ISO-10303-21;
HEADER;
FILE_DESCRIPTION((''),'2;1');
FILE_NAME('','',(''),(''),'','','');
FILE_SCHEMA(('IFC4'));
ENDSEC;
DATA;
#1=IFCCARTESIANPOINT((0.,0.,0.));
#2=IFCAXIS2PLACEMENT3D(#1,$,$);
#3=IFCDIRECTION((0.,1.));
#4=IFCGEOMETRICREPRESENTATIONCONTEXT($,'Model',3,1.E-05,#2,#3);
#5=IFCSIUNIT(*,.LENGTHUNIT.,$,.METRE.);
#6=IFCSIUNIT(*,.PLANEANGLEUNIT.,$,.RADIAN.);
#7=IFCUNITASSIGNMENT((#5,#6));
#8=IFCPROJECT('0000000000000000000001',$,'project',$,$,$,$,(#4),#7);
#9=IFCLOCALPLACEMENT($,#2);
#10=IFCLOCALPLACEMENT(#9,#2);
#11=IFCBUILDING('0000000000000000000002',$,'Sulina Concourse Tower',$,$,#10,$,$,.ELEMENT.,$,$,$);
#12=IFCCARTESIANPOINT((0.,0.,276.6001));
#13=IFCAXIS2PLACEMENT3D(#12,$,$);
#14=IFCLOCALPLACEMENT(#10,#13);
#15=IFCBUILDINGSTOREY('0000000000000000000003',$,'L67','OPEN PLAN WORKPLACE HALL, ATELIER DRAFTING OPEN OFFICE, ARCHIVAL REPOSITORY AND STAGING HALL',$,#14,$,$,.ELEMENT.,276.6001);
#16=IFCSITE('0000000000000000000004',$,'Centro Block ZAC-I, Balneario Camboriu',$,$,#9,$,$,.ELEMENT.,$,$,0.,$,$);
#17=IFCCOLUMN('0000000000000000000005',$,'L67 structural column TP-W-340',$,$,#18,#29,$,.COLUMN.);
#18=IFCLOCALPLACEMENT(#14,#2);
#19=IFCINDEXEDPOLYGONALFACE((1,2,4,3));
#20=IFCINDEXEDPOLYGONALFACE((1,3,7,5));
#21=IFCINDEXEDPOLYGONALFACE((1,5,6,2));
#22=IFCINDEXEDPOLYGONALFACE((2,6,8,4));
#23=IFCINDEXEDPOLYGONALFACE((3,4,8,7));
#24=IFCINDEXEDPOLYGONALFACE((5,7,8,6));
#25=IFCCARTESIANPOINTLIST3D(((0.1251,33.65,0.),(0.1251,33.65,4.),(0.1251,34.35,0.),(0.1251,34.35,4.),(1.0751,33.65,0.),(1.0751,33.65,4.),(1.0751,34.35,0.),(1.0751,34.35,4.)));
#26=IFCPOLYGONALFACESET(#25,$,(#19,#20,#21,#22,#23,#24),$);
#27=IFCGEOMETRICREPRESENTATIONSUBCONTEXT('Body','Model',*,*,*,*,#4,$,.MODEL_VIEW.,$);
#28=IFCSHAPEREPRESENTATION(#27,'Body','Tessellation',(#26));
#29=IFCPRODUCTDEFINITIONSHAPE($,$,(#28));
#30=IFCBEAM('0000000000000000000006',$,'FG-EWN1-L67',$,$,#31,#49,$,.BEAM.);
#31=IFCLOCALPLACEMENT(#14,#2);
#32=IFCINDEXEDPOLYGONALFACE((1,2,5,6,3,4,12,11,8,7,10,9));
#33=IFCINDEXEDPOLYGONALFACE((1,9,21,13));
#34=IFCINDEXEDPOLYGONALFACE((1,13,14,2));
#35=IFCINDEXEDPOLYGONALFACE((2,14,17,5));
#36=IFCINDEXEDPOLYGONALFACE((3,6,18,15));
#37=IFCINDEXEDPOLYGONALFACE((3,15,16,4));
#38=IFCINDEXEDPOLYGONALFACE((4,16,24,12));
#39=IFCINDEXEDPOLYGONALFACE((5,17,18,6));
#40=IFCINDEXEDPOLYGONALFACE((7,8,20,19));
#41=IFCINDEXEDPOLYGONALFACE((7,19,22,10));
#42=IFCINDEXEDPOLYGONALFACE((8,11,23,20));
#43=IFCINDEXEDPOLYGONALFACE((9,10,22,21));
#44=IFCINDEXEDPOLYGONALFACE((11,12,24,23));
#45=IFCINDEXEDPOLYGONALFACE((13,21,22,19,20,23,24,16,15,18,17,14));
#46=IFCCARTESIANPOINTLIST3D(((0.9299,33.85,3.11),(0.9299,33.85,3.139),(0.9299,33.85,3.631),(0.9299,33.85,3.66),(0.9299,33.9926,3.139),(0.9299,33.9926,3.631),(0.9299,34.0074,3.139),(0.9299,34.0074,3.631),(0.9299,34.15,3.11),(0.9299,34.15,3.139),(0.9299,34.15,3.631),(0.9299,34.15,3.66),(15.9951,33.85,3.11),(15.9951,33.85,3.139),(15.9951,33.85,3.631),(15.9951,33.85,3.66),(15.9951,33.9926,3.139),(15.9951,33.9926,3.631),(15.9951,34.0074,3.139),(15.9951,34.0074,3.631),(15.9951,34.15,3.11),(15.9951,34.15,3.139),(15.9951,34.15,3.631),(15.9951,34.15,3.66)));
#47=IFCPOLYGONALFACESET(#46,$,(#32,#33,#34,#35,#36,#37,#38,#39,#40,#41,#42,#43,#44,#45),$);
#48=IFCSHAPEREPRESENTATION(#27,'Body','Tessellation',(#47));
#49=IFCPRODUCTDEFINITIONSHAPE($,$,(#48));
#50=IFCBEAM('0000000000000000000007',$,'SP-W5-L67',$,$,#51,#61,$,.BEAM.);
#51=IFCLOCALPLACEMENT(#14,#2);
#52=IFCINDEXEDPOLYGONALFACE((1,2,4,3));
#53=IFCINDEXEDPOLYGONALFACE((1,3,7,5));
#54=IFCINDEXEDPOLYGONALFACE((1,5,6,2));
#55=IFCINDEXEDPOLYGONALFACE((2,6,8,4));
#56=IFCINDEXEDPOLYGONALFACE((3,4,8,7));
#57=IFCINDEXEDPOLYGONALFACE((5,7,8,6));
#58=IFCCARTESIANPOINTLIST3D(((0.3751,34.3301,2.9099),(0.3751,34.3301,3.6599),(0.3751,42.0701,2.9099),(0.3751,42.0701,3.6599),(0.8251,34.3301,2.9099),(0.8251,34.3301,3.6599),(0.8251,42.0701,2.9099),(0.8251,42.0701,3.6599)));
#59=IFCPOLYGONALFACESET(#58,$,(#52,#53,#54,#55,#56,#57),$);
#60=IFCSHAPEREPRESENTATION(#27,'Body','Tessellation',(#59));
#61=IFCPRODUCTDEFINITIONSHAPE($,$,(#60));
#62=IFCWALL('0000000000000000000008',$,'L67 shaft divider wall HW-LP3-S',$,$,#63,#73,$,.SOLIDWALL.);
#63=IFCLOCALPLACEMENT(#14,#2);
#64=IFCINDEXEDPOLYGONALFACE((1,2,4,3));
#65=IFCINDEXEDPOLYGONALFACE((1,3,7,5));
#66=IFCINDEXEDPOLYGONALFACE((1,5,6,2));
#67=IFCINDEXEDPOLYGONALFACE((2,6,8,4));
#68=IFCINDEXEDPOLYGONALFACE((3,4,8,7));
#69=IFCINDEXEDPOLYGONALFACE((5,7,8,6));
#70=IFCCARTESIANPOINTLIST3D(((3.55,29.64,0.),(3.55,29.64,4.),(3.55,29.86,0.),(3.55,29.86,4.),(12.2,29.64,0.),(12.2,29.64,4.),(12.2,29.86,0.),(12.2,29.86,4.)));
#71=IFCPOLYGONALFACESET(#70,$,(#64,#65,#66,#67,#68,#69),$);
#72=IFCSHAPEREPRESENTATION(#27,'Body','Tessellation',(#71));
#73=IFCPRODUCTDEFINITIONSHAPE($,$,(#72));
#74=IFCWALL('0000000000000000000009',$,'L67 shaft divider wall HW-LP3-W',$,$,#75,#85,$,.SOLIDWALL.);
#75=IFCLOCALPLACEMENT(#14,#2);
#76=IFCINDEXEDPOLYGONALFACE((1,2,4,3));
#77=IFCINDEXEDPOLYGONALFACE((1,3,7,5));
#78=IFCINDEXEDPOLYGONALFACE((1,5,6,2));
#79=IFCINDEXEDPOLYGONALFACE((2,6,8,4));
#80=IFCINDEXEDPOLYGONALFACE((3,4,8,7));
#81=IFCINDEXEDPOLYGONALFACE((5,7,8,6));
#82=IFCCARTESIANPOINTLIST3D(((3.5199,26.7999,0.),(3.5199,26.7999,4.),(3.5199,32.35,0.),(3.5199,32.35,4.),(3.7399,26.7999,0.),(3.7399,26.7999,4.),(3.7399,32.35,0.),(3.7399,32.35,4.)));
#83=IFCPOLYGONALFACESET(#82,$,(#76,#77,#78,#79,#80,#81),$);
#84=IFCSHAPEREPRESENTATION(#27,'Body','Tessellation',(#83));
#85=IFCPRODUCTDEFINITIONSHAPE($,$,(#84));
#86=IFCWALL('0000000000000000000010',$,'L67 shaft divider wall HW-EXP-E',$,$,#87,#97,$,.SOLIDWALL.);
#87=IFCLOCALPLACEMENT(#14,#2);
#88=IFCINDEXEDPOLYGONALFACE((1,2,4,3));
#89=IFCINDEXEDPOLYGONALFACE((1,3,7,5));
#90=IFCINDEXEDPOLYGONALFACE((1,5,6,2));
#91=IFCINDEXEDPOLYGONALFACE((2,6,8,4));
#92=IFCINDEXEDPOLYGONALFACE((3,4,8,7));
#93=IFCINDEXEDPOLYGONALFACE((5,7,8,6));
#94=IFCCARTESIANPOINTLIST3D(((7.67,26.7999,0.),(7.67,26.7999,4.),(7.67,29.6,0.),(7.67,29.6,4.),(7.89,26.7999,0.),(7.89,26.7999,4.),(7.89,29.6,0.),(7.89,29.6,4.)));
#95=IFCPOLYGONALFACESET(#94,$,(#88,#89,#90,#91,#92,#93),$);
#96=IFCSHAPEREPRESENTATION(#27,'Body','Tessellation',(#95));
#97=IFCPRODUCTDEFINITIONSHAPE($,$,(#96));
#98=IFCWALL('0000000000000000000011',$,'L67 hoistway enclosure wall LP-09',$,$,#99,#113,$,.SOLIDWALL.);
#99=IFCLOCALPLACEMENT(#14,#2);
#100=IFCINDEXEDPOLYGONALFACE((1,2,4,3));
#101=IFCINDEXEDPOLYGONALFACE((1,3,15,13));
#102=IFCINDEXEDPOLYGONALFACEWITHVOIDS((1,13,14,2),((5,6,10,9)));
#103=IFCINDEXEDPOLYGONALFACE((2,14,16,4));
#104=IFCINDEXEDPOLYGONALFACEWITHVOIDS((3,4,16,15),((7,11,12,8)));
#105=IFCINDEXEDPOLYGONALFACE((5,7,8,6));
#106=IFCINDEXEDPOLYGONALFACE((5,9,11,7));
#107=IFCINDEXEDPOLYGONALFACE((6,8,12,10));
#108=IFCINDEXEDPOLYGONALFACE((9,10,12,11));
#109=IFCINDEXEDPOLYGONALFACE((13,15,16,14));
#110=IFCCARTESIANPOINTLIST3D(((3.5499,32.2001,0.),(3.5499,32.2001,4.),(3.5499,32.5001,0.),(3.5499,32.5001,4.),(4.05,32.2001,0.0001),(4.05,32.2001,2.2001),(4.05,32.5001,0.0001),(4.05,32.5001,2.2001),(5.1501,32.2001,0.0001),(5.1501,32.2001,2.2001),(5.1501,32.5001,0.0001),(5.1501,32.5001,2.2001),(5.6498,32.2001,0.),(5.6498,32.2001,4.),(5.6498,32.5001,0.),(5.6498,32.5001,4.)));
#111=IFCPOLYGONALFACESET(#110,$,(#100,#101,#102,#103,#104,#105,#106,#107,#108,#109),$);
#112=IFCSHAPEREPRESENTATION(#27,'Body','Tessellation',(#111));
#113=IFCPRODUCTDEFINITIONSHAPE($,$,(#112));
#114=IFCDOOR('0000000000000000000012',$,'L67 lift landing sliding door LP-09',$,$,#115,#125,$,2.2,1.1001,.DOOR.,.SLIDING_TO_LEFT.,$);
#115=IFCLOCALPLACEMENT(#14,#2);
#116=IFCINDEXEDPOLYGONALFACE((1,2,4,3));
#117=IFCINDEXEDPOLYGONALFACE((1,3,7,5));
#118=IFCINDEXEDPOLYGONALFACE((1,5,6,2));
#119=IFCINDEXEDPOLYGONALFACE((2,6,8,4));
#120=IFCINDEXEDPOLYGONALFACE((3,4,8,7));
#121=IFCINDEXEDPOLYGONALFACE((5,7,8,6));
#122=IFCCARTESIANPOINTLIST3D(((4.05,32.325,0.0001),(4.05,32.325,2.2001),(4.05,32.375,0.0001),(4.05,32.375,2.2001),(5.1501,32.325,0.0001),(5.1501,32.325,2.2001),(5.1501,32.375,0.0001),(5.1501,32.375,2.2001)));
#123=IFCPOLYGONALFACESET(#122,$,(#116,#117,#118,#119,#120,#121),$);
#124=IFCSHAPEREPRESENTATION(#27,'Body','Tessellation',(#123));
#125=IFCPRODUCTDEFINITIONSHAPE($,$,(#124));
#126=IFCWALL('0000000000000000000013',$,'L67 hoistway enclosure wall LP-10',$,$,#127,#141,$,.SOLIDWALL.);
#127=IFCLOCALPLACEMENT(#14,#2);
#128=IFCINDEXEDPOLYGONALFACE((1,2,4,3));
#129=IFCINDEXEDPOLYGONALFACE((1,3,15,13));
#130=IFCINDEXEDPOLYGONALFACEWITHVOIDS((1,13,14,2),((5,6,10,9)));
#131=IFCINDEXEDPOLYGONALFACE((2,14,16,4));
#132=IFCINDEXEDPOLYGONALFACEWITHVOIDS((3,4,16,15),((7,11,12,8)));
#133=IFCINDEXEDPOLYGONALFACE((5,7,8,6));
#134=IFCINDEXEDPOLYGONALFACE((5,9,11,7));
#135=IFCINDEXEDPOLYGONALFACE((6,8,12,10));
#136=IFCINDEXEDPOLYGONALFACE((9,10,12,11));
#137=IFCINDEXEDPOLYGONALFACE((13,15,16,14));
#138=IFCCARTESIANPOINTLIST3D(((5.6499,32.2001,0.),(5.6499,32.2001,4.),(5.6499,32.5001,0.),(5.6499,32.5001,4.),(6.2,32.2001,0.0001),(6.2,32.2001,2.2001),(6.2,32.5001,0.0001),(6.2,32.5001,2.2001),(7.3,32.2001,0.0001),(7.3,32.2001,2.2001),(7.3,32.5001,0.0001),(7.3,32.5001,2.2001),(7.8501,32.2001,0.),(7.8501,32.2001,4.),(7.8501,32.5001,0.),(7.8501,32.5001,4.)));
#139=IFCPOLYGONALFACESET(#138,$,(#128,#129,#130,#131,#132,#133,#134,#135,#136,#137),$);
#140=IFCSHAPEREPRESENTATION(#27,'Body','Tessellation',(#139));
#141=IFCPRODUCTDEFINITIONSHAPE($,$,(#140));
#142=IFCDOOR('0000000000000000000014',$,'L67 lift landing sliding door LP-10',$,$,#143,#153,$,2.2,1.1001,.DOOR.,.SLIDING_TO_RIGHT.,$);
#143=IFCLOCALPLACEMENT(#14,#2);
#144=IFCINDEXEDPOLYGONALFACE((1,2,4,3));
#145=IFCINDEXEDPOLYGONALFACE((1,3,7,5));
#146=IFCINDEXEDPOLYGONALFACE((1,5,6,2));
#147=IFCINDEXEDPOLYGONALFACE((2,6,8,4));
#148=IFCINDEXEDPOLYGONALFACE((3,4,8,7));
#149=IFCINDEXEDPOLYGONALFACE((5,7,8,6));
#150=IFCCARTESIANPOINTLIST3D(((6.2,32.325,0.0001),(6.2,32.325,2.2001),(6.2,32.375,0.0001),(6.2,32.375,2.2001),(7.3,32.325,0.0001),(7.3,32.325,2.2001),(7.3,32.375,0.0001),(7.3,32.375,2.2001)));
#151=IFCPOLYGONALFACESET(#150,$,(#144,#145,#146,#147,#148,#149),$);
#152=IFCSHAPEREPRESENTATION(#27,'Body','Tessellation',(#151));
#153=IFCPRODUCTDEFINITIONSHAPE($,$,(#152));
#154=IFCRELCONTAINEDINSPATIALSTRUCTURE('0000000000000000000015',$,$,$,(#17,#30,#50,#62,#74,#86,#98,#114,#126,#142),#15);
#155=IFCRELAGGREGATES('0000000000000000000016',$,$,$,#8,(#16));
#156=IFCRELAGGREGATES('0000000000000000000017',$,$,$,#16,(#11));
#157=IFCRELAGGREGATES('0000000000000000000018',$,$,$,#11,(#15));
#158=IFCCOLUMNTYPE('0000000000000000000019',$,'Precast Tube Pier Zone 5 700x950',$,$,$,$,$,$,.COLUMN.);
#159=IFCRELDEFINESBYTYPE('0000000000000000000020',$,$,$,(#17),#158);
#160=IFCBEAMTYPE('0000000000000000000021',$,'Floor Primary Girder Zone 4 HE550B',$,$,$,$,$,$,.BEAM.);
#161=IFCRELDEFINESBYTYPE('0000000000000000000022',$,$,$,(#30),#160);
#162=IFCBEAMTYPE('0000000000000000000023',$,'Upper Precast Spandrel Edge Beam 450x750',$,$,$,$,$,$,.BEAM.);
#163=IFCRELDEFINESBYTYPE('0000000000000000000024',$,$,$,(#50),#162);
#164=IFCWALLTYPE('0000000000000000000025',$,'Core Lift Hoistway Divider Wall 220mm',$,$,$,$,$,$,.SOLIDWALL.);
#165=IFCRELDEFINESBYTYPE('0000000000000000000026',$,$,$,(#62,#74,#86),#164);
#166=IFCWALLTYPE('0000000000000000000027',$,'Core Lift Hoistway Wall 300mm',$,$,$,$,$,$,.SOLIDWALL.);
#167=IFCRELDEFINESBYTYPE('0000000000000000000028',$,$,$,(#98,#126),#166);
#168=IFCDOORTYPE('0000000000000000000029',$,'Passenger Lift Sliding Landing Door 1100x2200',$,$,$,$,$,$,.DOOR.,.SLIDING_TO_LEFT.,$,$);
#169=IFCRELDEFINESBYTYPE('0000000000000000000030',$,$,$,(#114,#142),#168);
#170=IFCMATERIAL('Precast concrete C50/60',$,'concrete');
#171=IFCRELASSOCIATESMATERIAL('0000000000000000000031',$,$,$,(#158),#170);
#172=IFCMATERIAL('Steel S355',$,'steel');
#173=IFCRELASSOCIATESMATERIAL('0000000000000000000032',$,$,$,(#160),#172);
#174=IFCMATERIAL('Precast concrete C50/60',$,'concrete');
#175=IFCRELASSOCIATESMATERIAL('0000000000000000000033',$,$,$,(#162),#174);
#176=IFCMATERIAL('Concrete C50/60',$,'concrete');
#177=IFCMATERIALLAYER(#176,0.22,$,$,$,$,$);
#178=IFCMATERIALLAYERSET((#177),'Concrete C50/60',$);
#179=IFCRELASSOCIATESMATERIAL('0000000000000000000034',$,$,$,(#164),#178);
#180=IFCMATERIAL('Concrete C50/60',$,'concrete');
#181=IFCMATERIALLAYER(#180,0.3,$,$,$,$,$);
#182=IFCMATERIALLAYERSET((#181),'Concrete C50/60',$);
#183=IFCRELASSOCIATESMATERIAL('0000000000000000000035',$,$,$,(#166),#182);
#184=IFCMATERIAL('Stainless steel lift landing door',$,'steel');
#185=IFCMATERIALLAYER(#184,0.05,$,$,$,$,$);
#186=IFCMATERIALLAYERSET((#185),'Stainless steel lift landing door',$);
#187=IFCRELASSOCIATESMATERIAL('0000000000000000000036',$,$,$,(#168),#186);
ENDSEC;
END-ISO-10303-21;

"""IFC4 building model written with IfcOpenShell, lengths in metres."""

from ifc_helpers import new_model, si_unit, direction, frame, frame_2d, origin, origin_2d, place, context, subcontext, project, spatial, rectangle, i_section, extrude, material, layer, layer_set, material_profile, profile_set, type_object, element, fill, save


model = new_model("IFC4")

# Units and contexts
model_context = context("Model", 3, precision=1e-05, world=origin(), true_north=direction((0.0, 1.0)))
body_context = subcontext(model_context, "Body", "Model", "MODEL_VIEW")
ifc_project = project(units=[si_unit("LENGTHUNIT", "METRE"), si_unit("PLANEANGLEUNIT", "RADIAN")], contexts=[model_context])

# Site, building, storey
site_placement = place(None, origin())
site = spatial("IfcSite", under=ifc_project, at=site_placement, Name="Centro Block ZAC-I, Balneario Camboriu", CompositionType="ELEMENT", RefElevation=0.0)
building_placement = place(site_placement, origin())
building = spatial("IfcBuilding", under=site, at=building_placement, Name="Sulina Concourse Tower", CompositionType="ELEMENT")
storey_placement = place(building_placement, frame((0.0, 0.0, 276.6001)))
storey = spatial("IfcBuildingStorey", under=building, at=storey_placement, Name="L67", Description="OPEN PLAN WORKPLACE HALL, ATELIER DRAFTING OPEN OFFICE, ARCHIVAL REPOSITORY AND STAGING HALL", CompositionType="ELEMENT", Elevation=276.6001)

# Column
ifc_material_1 = material(Name="Precast concrete C50/60", Category="concrete")
ifc_material_profile_1 = material_profile(ifc_material_1, rectangle(XDim=0.7, YDim=0.95, at=origin_2d()), Name="PC 700x950")
ifc_profile_set_1 = profile_set([ifc_material_profile_1], Name="Precast concrete C50/60")
column_type = type_object("IfcColumnType", Name="Precast Tube Pier Zone 5 700x950", PredefinedType="COLUMN", material=ifc_profile_set_1)
column_placement = place(storey_placement, frame((0.6001, 34.0, 0.0), z_axis=(0.0, 0.0, 1.0), x_axis=(0.0, 1.0, 0.0)))
element("IfcColumn", 1, at=column_placement, inside=storey, type_object=column_type, Name="L67 structural column TP-W-340", PredefinedType="COLUMN", context=body_context, shape_type="SweptSolid", body=[
    extrude(rectangle(XDim=0.7, YDim=0.95, at=origin_2d()), origin(), (0.0, 0.0, 1.0), 4.0),
])

# Beams
ifc_material_2 = material(Name="Steel S355", Category="steel")
ifc_material_profile_2 = material_profile(ifc_material_2, i_section(OverallWidth=0.3, OverallDepth=0.55, WebThickness=0.0149, FlangeThickness=0.0291, at=origin_2d()), Name="HE 550 B")
ifc_profile_set_2 = profile_set([ifc_material_profile_2], Name="Steel S355")
beam_type_1 = type_object("IfcBeamType", Name="Floor Primary Girder Zone 4 HE550B", PredefinedType="BEAM", material=ifc_profile_set_2)
beam_1_placement = place(storey_placement, frame((0.9299, 34.0, 3.385), z_axis=(1.0, 0.0, 0.0), x_axis=(0.0, 1.0, 0.0)))
element("IfcBeam", 2, at=beam_1_placement, inside=storey, type_object=beam_type_1, Name="FG-EWN1-L67", PredefinedType="BEAM", context=body_context, shape_type="SweptSolid", body=[
    extrude(i_section(OverallWidth=0.3, OverallDepth=0.55, WebThickness=0.0149, FlangeThickness=0.0291, at=origin_2d()), origin(), (0.0, 0.0, 1.0), 15.0652),
])
ifc_material_3 = material(Name="Precast concrete C50/60", Category="concrete")
ifc_material_profile_3 = material_profile(ifc_material_3, rectangle(XDim=0.45, YDim=0.75, at=origin_2d()), Name="RC 450x750")
ifc_profile_set_3 = profile_set([ifc_material_profile_3], Name="Precast concrete C50/60")
beam_type_2 = type_object("IfcBeamType", Name="Upper Precast Spandrel Edge Beam 450x750", PredefinedType="BEAM", material=ifc_profile_set_3)
beam_2_placement = place(storey_placement, frame((0.6001, 34.3301, 3.2849), z_axis=(0.0, 1.0, 0.0), x_axis=(-1.0, 0.0, 0.0)))
element("IfcBeam", 3, at=beam_2_placement, inside=storey, type_object=beam_type_2, Name="SP-W5-L67", PredefinedType="BEAM", context=body_context, shape_type="SweptSolid", body=[
    extrude(rectangle(XDim=0.45, YDim=0.75, at=origin_2d()), origin(), (0.0, 0.0, 1.0), 7.74),
])

# Walls
ifc_material_4 = material(Name="Concrete C50/60", Category="concrete")
ifc_layer_1 = layer(ifc_material_4, 0.22)
ifc_layer_set_1 = layer_set([ifc_layer_1], Name="Concrete C50/60")
wall_type_1 = type_object("IfcWallType", Name="Core Lift Hoistway Divider Wall 220mm", PredefinedType="SOLIDWALL", material=ifc_layer_set_1)
wall_1_placement = place(storey_placement, frame((3.55, 29.75, 0.0), z_axis=(0.0, 0.0, 1.0), x_axis=(1.0, 0.0, 0.0)))
element("IfcWall", 4, at=wall_1_placement, inside=storey, type_object=wall_type_1, Name="L67 shaft divider wall HW-LP3-S", PredefinedType="SOLIDWALL", context=body_context, shape_type="SweptSolid", body=[
    extrude(rectangle(XDim=8.6499, YDim=0.22, at=frame_2d((4.325, 0.0))), origin(), (0.0, 0.0, 1.0), 4.0),
])
wall_2_placement = place(storey_placement, frame((3.6299, 26.8, 0.0), z_axis=(0.0, 0.0, 1.0), x_axis=(0.0, 1.0, 0.0)))
element("IfcWall", 5, at=wall_2_placement, inside=storey, type_object=wall_type_1, Name="L67 shaft divider wall HW-LP3-W", PredefinedType="SOLIDWALL", context=body_context, shape_type="SweptSolid", body=[
    extrude(rectangle(XDim=5.55, YDim=0.22, at=frame_2d((2.7749, 0.0))), origin(), (0.0, 0.0, 1.0), 4.0),
])
wall_3_placement = place(storey_placement, frame((7.78, 26.8, 0.0), z_axis=(0.0, 0.0, 1.0), x_axis=(0.0, 1.0, 0.0)))
element("IfcWall", 6, at=wall_3_placement, inside=storey, type_object=wall_type_1, Name="L67 shaft divider wall HW-EXP-E", PredefinedType="SOLIDWALL", context=body_context, shape_type="SweptSolid", body=[
    extrude(rectangle(XDim=2.8, YDim=0.22, at=frame_2d((1.3999, 0.0))), origin(), (0.0, 0.0, 1.0), 4.0),
])

# Walls, openings, doors
ifc_material_5 = material(Name="Concrete C50/60", Category="concrete")
ifc_layer_2 = layer(ifc_material_5, 0.3)
ifc_layer_set_2 = layer_set([ifc_layer_2], Name="Concrete C50/60")
wall_type_2 = type_object("IfcWallType", Name="Core Lift Hoistway Wall 300mm", PredefinedType="SOLIDWALL", material=ifc_layer_set_2)
wall_4_placement = place(storey_placement, frame((3.55, 32.3501, 0.0), z_axis=(0.0, 0.0, 1.0), x_axis=(1.0, 0.0, 0.0)))
wall_4 = element("IfcWall", 7, at=wall_4_placement, inside=storey, type_object=wall_type_2, Name="L67 hoistway enclosure wall LP-09", PredefinedType="SOLIDWALL", context=body_context, shape_type="SweptSolid", body=[
    extrude(rectangle(XDim=2.0999, YDim=0.3, at=frame_2d((1.0498, 0.0))), origin(), (0.0, 0.0, 1.0), 4.0),
])
opening_1_placement = place(wall_4_placement, frame((0.5, 0.0, 0.0)))
opening_1 = element("IfcOpeningElement", 8, at=opening_1_placement, cuts=wall_4, PredefinedType="OPENING", context=body_context, shape_type="SweptSolid", body=[
    extrude(rectangle(XDim=1.1001, YDim=2.2, at=frame_2d((0.55, 1.1001))), frame((0.0, 0.1599, 0.0), z_axis=(0.0, -1.0, 0.0), x_axis=(1.0, 0.0, 0.0)), (0.0, 0.0, 1.0), 0.3201),
])
ifc_material_6 = material(Name="Stainless steel lift landing door", Category="steel")
ifc_layer_3 = layer(ifc_material_6, 0.05)
ifc_layer_set_3 = layer_set([ifc_layer_3], Name="Stainless steel lift landing door")
door_type_1 = type_object("IfcDoorType", Name="Passenger Lift Sliding Landing Door 1100x2200", OperationType="SLIDING_TO_LEFT", PredefinedType="DOOR", material=ifc_layer_set_3)
door_1_placement = place(opening_1_placement, origin())
door_1 = element("IfcDoor", 9, at=door_1_placement, inside=storey, type_object=door_type_1, Name="L67 lift landing sliding door LP-09", OperationType="SLIDING_TO_LEFT", OverallHeight=2.2, OverallWidth=1.1001, PredefinedType="DOOR", context=body_context, shape_type="SweptSolid", body=[
    extrude(rectangle(XDim=1.1001, YDim=2.2, at=frame_2d((0.55, 1.1001))), frame((0.0, 0.0249, 0.0), z_axis=(0.0, -1.0, 0.0), x_axis=(1.0, 0.0, 0.0)), (0.0, 0.0, 1.0), 0.05),
])
fill(opening_1, door_1)
wall_5_placement = place(storey_placement, frame((5.6499, 32.3501, 0.0), z_axis=(0.0, 0.0, 1.0), x_axis=(1.0, 0.0, 0.0)))
wall_5 = element("IfcWall", 10, at=wall_5_placement, inside=storey, type_object=wall_type_2, Name="L67 hoistway enclosure wall LP-10", PredefinedType="SOLIDWALL", context=body_context, shape_type="SweptSolid", body=[
    extrude(rectangle(XDim=2.2002, YDim=0.3, at=frame_2d((1.1001, 0.0))), origin(), (0.0, 0.0, 1.0), 4.0),
])
opening_2_placement = place(wall_5_placement, frame((0.55, 0.0, 0.0)))
opening_2 = element("IfcOpeningElement", 11, at=opening_2_placement, cuts=wall_5, PredefinedType="OPENING", context=body_context, shape_type="SweptSolid", body=[
    extrude(rectangle(XDim=1.1001, YDim=2.2, at=frame_2d((0.55, 1.1001))), frame((0.0, 0.1599, 0.0), z_axis=(0.0, -1.0, 0.0), x_axis=(1.0, 0.0, 0.0)), (0.0, 0.0, 1.0), 0.3201),
])
door_2_placement = place(opening_2_placement, origin())
door_2 = element("IfcDoor", 12, at=door_2_placement, inside=storey, type_object=door_type_1, Name="L67 lift landing sliding door LP-10", OperationType="SLIDING_TO_RIGHT", OverallHeight=2.2, OverallWidth=1.1001, PredefinedType="DOOR", context=body_context, shape_type="SweptSolid", body=[
    extrude(rectangle(XDim=1.1001, YDim=2.2, at=frame_2d((0.55, 1.1001))), frame((0.0, 0.0249, 0.0), z_axis=(0.0, -1.0, 0.0), x_axis=(1.0, 0.0, 0.0)), (0.0, 0.0, 1.0), 0.05),
])
fill(opening_2, door_2)

save(model, "model.ifc")
